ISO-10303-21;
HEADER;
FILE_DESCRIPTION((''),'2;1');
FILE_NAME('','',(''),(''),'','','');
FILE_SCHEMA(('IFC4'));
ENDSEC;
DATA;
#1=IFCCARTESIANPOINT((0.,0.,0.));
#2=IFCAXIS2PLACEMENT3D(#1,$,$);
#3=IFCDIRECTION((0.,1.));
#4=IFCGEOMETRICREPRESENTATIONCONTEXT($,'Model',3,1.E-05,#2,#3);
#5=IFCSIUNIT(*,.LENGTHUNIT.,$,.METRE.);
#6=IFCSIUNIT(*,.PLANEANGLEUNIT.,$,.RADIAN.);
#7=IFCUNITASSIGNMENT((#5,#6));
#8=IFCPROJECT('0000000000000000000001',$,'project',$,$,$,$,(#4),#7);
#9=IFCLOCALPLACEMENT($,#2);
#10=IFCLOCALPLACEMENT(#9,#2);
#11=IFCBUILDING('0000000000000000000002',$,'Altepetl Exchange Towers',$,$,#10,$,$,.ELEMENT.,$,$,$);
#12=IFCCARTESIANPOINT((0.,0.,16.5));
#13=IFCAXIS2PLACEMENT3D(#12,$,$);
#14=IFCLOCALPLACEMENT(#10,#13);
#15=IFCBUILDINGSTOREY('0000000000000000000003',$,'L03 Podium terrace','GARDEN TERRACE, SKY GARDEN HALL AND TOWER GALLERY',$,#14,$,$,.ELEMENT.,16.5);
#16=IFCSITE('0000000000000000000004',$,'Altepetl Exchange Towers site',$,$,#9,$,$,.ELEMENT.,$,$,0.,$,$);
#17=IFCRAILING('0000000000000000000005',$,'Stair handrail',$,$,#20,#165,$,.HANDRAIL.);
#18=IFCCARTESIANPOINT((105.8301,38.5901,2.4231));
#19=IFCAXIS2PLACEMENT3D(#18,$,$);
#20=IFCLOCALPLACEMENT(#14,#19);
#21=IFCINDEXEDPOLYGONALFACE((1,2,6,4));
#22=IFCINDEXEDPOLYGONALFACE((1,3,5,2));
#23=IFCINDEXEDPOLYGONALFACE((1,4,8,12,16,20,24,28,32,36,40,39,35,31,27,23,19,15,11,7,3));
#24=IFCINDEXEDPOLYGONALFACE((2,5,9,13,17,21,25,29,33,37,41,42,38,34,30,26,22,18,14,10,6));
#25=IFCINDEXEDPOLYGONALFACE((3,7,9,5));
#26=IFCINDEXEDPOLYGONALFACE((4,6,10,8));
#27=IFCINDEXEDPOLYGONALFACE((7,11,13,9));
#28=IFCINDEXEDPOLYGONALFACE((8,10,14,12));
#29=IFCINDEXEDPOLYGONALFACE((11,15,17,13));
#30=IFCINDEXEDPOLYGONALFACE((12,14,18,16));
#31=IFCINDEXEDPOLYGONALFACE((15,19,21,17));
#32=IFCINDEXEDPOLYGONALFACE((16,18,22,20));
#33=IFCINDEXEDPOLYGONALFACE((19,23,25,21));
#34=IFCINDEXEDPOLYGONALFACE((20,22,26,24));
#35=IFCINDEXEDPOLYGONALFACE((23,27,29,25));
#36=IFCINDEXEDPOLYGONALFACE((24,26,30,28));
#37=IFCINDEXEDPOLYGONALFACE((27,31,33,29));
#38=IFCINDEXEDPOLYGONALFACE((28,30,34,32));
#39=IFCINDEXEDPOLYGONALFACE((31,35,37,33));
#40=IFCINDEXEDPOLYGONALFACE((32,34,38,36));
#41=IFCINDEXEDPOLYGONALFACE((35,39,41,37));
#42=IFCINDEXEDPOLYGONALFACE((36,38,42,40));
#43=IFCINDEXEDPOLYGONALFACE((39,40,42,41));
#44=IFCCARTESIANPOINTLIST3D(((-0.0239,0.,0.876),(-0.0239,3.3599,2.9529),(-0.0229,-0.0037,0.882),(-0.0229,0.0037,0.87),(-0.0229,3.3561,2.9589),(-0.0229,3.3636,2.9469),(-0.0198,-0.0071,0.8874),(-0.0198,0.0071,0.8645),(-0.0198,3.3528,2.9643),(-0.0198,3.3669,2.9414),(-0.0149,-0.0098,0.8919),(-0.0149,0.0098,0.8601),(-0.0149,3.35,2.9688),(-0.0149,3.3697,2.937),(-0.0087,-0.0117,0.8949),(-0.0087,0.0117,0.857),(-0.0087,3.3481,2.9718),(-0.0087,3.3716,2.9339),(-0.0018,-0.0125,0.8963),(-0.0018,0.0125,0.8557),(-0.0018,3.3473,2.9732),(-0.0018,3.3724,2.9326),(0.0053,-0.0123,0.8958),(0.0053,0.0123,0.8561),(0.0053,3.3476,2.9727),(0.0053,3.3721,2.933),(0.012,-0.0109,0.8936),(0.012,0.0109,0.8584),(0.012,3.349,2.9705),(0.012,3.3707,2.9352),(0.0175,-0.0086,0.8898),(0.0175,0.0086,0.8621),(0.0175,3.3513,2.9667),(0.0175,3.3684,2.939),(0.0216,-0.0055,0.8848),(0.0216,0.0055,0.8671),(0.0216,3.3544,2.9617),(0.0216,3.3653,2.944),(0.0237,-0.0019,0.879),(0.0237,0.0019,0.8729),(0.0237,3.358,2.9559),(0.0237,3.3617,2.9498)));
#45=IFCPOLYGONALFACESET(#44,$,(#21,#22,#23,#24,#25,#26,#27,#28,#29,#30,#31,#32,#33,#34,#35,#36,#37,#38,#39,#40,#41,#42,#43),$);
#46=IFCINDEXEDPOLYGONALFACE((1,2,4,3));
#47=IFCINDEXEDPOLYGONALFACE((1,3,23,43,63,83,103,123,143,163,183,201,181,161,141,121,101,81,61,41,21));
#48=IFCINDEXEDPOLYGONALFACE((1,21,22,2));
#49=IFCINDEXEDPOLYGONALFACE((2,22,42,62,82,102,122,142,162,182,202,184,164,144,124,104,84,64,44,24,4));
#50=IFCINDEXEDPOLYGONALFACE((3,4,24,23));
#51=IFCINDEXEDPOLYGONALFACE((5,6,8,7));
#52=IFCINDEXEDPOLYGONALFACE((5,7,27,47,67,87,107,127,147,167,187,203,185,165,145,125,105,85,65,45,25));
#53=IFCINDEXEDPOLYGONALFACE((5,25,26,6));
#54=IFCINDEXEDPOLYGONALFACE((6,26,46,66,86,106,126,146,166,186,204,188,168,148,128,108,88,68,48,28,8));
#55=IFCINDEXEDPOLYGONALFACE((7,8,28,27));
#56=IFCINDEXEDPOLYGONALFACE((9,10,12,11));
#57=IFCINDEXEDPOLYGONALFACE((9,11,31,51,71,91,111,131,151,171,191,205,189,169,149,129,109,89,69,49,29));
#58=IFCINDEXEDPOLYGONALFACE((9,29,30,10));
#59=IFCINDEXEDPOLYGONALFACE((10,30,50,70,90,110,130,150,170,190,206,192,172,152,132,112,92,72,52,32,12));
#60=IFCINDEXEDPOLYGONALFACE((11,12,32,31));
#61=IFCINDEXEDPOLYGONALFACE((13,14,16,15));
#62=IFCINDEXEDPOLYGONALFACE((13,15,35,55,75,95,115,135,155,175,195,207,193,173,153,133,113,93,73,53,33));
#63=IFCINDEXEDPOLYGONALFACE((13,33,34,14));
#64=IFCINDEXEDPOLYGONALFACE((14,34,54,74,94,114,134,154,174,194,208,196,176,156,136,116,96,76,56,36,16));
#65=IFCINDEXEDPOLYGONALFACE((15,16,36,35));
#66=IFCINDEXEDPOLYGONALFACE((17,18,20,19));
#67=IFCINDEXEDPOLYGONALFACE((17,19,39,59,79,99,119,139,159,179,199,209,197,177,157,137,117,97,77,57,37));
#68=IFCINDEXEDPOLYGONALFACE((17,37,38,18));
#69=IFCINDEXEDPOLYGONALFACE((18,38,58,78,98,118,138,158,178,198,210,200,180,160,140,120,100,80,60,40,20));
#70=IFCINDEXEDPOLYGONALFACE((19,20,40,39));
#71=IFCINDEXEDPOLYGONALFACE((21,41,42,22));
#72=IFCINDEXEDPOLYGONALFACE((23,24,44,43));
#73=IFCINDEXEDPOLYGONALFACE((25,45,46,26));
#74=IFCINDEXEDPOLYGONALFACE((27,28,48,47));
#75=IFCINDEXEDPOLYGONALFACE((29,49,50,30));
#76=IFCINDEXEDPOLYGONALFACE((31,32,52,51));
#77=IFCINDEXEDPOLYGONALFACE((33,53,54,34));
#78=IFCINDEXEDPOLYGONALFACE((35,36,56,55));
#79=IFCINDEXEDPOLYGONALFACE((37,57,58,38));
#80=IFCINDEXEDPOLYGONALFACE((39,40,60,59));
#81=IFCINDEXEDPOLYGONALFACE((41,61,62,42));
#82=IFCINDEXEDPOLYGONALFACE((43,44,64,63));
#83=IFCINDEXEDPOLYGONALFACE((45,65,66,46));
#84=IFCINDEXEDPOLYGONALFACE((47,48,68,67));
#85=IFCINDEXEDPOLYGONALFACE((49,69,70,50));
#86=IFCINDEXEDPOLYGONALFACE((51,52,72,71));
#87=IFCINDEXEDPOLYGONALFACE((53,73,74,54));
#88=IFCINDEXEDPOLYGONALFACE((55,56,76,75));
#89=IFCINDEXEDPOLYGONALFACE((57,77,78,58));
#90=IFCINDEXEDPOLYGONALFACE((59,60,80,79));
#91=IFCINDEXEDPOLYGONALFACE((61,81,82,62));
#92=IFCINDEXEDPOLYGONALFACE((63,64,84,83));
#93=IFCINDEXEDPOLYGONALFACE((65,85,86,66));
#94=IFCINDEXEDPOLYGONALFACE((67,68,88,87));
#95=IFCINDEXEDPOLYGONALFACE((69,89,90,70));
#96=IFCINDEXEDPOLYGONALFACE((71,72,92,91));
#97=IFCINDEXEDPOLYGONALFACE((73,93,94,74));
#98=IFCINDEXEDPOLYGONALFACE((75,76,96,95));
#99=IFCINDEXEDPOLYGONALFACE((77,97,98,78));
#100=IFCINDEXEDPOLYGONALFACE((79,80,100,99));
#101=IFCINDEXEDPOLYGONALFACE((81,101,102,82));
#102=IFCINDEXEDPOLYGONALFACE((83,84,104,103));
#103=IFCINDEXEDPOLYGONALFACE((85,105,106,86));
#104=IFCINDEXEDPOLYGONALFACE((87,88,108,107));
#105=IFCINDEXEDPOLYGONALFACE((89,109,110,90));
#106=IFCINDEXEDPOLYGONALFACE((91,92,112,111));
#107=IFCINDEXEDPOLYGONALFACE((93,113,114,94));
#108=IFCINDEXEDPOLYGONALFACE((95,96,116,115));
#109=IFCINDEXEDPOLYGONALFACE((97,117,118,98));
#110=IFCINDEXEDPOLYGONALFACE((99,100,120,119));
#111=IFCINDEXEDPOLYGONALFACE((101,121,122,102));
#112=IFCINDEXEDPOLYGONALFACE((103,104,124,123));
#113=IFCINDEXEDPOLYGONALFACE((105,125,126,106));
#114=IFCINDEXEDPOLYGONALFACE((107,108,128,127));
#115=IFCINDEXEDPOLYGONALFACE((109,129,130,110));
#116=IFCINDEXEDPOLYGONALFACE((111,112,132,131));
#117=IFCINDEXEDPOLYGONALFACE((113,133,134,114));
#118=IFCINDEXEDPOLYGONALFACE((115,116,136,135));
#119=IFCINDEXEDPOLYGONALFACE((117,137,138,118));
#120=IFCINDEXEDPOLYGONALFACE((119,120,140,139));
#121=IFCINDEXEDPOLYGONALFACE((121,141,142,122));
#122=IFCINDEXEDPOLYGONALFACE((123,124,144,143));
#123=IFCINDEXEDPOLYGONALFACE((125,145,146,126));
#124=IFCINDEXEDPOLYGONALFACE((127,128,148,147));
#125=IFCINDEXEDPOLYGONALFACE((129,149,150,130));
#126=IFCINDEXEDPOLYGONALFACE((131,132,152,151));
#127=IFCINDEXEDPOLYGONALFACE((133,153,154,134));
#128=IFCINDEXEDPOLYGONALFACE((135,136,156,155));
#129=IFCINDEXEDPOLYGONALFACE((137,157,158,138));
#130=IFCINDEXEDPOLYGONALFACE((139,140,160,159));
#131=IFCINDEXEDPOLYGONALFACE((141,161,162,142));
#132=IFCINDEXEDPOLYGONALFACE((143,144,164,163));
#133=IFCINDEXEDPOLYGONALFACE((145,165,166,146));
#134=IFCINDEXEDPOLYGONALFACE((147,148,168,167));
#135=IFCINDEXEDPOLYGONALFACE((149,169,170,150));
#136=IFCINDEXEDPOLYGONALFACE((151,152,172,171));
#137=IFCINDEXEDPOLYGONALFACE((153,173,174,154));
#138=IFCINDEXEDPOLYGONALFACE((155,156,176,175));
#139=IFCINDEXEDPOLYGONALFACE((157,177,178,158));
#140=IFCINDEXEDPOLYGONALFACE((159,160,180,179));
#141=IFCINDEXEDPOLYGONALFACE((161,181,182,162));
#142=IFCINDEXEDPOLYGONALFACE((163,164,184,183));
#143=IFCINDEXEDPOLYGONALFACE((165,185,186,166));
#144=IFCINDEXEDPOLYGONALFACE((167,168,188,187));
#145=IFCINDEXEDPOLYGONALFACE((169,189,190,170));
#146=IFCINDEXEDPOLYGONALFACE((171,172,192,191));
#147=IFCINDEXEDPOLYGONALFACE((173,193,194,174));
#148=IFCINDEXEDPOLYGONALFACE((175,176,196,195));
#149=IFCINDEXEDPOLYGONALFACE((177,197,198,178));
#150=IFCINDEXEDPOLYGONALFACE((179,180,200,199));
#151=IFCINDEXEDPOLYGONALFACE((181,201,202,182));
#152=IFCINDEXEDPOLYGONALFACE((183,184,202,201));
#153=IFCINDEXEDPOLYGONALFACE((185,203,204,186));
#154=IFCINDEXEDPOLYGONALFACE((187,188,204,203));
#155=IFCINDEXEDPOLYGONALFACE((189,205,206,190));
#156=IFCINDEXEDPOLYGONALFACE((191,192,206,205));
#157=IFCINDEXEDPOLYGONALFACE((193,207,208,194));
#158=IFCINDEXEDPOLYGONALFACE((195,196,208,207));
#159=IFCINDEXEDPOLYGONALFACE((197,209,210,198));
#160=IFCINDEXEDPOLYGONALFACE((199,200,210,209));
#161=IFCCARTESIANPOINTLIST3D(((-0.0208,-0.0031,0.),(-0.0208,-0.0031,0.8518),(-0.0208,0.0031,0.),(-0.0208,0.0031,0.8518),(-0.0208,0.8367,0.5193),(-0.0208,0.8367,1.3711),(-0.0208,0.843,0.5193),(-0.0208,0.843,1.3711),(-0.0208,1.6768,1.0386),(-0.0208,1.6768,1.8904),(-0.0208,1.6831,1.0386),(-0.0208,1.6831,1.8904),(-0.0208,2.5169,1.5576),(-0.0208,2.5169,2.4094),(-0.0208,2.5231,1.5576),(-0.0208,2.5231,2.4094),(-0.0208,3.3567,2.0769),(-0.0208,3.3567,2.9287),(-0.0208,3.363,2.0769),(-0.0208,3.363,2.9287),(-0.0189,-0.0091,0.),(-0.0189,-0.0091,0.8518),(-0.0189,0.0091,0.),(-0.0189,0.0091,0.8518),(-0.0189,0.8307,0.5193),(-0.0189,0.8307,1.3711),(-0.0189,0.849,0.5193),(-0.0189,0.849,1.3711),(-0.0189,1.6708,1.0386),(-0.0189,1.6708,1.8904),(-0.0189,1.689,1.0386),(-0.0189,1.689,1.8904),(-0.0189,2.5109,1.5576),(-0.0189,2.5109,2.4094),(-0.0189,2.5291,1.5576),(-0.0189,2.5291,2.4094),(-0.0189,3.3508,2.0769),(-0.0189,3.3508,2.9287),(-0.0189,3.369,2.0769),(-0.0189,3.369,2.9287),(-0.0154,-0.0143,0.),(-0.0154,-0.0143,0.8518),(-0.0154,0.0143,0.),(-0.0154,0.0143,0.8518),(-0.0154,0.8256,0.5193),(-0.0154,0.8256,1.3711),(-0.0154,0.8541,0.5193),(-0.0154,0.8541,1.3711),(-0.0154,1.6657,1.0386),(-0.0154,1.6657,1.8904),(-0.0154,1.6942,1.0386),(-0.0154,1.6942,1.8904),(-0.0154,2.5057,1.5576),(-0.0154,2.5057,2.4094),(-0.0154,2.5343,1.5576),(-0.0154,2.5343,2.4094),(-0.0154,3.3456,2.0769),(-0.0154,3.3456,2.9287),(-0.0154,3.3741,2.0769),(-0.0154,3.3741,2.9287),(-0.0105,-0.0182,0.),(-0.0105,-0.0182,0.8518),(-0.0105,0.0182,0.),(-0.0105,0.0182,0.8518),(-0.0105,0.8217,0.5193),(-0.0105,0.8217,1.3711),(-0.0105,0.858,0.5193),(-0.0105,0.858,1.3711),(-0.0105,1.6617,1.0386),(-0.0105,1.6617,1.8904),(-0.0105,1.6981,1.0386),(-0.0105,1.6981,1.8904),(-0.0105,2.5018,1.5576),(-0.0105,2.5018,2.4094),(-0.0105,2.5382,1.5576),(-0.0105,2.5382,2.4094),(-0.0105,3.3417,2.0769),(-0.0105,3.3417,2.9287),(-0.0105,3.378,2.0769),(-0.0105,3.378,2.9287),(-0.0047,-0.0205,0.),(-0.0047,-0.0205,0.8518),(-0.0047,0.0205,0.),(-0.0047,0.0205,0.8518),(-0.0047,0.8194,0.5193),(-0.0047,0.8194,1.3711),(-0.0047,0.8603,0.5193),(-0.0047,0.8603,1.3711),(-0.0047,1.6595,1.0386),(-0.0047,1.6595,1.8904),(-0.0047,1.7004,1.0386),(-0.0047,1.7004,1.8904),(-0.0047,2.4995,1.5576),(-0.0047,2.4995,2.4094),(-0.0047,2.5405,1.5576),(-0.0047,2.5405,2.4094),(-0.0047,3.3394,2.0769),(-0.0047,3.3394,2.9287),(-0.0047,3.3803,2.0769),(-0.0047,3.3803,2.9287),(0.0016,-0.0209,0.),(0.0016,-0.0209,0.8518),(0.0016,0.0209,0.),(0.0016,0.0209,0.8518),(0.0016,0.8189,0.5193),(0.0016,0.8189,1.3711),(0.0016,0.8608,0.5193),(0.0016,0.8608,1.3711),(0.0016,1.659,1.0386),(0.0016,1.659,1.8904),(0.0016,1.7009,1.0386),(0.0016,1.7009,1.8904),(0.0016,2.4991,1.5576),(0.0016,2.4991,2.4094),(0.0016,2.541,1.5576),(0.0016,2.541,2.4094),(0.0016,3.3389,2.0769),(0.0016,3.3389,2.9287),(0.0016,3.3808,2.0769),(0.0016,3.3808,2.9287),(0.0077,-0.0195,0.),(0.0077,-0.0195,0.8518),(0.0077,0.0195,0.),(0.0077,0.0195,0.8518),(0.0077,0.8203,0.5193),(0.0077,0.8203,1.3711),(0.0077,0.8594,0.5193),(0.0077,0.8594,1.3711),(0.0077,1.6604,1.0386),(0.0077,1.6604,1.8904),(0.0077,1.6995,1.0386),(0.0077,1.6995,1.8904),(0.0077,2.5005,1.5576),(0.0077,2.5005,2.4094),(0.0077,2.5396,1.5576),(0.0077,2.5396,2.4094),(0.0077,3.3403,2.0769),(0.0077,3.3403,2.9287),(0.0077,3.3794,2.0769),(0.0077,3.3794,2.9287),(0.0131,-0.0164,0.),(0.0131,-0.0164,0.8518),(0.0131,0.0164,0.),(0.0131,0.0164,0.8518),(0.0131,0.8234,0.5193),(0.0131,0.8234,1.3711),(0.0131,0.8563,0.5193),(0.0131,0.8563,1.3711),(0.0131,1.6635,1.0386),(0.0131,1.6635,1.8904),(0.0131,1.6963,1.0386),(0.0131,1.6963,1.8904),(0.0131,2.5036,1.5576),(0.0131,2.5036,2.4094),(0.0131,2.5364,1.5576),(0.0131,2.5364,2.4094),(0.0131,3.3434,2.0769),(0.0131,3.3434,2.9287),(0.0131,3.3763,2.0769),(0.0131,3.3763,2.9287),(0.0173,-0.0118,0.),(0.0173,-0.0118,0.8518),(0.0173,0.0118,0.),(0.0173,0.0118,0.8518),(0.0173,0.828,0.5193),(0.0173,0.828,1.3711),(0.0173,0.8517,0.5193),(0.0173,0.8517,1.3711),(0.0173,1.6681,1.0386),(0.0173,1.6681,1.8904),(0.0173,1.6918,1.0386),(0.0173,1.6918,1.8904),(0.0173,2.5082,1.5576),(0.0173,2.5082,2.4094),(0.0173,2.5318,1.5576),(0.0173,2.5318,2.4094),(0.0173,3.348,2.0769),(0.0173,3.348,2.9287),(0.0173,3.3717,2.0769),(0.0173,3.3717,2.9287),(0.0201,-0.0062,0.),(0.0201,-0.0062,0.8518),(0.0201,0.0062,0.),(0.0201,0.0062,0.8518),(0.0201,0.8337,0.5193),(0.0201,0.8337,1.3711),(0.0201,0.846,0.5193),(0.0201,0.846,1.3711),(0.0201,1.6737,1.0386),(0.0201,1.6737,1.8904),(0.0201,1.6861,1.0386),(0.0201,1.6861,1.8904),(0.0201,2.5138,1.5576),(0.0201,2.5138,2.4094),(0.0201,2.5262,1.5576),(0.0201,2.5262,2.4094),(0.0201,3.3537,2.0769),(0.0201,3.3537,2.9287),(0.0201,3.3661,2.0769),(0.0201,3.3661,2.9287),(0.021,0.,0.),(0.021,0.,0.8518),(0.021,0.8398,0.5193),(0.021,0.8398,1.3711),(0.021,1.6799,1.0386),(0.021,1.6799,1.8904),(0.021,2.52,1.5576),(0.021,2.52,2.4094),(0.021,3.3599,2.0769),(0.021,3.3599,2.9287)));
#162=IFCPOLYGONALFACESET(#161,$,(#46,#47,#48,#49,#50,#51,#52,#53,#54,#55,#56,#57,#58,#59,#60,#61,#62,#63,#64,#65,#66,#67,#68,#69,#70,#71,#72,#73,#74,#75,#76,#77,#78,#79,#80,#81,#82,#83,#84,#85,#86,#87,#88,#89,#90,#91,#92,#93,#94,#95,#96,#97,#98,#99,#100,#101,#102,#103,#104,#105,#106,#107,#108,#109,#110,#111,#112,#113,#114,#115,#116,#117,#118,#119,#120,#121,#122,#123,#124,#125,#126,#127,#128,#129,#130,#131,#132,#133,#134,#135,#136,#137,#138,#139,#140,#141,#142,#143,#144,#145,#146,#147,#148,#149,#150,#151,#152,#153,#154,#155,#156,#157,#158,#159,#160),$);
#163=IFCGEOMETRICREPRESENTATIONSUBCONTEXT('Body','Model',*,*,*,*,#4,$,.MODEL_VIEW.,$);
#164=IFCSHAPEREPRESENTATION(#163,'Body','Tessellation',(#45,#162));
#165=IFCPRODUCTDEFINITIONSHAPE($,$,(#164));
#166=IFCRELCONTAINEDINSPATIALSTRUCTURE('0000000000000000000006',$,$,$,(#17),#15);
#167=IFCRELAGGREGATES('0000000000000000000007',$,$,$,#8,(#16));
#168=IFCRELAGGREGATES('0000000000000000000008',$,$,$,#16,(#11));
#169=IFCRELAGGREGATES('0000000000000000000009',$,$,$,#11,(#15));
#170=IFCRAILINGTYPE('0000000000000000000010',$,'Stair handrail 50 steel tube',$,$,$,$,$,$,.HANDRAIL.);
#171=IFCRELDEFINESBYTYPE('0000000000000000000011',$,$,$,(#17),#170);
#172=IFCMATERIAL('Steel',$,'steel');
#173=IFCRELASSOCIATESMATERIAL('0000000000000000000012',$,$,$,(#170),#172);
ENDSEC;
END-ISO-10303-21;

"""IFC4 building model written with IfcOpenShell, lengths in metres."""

from ifc_helpers import new_model, si_unit, direction, frame, origin, origin_2d, place, context, subcontext, project, spatial, circle, extrude, source, transform, mapped, material, type_object, element, save


model = new_model("IFC4")

# Units and contexts
model_context = context("Model", 3, precision=1e-05, world=origin(), true_north=direction((0.0, 1.0)))
body_context = subcontext(model_context, "Body", "Model", "MODEL_VIEW")
ifc_project = project(units=[si_unit("LENGTHUNIT", "METRE"), si_unit("PLANEANGLEUNIT", "RADIAN")], contexts=[model_context])

# Site, building, storey
site_placement = place(None, origin())
site = spatial("IfcSite", under=ifc_project, at=site_placement, Name="Altepetl Exchange Towers site", CompositionType="ELEMENT", RefElevation=0.0)
building_placement = place(site_placement, origin())
building = spatial("IfcBuilding", under=site, at=building_placement, Name="Altepetl Exchange Towers", CompositionType="ELEMENT")
storey_placement = place(building_placement, frame((0.0, 0.0, 16.5)))
storey = spatial("IfcBuildingStorey", under=building, at=storey_placement, Name="L03 Podium terrace", Description="GARDEN TERRACE, SKY GARDEN HALL AND TOWER GALLERY", CompositionType="ELEMENT", Elevation=16.5)

# Railing
ifc_material_1 = material(Name="Steel", Category="steel")
railing_type = type_object("IfcRailingType", Name="Stair handrail 50 steel tube", PredefinedType="HANDRAIL", material=ifc_material_1)
shared_shape = source(origin(), body_context, "Body", "SweptSolid", [
    extrude(circle(Radius=0.021, at=origin_2d()), origin(), (0.0, 0.0, 1.0), 0.8518),
])
railing_1_placement = place(storey_placement, frame((105.8301, 38.5901, 2.4231)))
element("IfcRailing", 1, at=railing_1_placement, inside=storey, type_object=railing_type, Name="Stair handrail", PredefinedType="HANDRAIL", context=body_context, shape_type="SweptSolid", body=[
    extrude(circle(Radius=0.0239, at=origin_2d()), frame((0.0, 0.0, 0.876), z_axis=(0.0, 0.850606, 0.525803), x_axis=(-1.0, 0.0, 0.0)), (0.0, 0.0, 1.0), 3.95),
    mapped(shared_shape, transform((0.0, 0.0, 0.0))),
    mapped(shared_shape, transform((0.0, 0.8398, 0.5193))),
    mapped(shared_shape, transform((0.0, 1.6799, 1.0386))),
    mapped(shared_shape, transform((0.0, 2.52, 1.5576))),
    mapped(shared_shape, transform((0.0, 3.3599, 2.0769))),
])

save(model, "model.ifc")
